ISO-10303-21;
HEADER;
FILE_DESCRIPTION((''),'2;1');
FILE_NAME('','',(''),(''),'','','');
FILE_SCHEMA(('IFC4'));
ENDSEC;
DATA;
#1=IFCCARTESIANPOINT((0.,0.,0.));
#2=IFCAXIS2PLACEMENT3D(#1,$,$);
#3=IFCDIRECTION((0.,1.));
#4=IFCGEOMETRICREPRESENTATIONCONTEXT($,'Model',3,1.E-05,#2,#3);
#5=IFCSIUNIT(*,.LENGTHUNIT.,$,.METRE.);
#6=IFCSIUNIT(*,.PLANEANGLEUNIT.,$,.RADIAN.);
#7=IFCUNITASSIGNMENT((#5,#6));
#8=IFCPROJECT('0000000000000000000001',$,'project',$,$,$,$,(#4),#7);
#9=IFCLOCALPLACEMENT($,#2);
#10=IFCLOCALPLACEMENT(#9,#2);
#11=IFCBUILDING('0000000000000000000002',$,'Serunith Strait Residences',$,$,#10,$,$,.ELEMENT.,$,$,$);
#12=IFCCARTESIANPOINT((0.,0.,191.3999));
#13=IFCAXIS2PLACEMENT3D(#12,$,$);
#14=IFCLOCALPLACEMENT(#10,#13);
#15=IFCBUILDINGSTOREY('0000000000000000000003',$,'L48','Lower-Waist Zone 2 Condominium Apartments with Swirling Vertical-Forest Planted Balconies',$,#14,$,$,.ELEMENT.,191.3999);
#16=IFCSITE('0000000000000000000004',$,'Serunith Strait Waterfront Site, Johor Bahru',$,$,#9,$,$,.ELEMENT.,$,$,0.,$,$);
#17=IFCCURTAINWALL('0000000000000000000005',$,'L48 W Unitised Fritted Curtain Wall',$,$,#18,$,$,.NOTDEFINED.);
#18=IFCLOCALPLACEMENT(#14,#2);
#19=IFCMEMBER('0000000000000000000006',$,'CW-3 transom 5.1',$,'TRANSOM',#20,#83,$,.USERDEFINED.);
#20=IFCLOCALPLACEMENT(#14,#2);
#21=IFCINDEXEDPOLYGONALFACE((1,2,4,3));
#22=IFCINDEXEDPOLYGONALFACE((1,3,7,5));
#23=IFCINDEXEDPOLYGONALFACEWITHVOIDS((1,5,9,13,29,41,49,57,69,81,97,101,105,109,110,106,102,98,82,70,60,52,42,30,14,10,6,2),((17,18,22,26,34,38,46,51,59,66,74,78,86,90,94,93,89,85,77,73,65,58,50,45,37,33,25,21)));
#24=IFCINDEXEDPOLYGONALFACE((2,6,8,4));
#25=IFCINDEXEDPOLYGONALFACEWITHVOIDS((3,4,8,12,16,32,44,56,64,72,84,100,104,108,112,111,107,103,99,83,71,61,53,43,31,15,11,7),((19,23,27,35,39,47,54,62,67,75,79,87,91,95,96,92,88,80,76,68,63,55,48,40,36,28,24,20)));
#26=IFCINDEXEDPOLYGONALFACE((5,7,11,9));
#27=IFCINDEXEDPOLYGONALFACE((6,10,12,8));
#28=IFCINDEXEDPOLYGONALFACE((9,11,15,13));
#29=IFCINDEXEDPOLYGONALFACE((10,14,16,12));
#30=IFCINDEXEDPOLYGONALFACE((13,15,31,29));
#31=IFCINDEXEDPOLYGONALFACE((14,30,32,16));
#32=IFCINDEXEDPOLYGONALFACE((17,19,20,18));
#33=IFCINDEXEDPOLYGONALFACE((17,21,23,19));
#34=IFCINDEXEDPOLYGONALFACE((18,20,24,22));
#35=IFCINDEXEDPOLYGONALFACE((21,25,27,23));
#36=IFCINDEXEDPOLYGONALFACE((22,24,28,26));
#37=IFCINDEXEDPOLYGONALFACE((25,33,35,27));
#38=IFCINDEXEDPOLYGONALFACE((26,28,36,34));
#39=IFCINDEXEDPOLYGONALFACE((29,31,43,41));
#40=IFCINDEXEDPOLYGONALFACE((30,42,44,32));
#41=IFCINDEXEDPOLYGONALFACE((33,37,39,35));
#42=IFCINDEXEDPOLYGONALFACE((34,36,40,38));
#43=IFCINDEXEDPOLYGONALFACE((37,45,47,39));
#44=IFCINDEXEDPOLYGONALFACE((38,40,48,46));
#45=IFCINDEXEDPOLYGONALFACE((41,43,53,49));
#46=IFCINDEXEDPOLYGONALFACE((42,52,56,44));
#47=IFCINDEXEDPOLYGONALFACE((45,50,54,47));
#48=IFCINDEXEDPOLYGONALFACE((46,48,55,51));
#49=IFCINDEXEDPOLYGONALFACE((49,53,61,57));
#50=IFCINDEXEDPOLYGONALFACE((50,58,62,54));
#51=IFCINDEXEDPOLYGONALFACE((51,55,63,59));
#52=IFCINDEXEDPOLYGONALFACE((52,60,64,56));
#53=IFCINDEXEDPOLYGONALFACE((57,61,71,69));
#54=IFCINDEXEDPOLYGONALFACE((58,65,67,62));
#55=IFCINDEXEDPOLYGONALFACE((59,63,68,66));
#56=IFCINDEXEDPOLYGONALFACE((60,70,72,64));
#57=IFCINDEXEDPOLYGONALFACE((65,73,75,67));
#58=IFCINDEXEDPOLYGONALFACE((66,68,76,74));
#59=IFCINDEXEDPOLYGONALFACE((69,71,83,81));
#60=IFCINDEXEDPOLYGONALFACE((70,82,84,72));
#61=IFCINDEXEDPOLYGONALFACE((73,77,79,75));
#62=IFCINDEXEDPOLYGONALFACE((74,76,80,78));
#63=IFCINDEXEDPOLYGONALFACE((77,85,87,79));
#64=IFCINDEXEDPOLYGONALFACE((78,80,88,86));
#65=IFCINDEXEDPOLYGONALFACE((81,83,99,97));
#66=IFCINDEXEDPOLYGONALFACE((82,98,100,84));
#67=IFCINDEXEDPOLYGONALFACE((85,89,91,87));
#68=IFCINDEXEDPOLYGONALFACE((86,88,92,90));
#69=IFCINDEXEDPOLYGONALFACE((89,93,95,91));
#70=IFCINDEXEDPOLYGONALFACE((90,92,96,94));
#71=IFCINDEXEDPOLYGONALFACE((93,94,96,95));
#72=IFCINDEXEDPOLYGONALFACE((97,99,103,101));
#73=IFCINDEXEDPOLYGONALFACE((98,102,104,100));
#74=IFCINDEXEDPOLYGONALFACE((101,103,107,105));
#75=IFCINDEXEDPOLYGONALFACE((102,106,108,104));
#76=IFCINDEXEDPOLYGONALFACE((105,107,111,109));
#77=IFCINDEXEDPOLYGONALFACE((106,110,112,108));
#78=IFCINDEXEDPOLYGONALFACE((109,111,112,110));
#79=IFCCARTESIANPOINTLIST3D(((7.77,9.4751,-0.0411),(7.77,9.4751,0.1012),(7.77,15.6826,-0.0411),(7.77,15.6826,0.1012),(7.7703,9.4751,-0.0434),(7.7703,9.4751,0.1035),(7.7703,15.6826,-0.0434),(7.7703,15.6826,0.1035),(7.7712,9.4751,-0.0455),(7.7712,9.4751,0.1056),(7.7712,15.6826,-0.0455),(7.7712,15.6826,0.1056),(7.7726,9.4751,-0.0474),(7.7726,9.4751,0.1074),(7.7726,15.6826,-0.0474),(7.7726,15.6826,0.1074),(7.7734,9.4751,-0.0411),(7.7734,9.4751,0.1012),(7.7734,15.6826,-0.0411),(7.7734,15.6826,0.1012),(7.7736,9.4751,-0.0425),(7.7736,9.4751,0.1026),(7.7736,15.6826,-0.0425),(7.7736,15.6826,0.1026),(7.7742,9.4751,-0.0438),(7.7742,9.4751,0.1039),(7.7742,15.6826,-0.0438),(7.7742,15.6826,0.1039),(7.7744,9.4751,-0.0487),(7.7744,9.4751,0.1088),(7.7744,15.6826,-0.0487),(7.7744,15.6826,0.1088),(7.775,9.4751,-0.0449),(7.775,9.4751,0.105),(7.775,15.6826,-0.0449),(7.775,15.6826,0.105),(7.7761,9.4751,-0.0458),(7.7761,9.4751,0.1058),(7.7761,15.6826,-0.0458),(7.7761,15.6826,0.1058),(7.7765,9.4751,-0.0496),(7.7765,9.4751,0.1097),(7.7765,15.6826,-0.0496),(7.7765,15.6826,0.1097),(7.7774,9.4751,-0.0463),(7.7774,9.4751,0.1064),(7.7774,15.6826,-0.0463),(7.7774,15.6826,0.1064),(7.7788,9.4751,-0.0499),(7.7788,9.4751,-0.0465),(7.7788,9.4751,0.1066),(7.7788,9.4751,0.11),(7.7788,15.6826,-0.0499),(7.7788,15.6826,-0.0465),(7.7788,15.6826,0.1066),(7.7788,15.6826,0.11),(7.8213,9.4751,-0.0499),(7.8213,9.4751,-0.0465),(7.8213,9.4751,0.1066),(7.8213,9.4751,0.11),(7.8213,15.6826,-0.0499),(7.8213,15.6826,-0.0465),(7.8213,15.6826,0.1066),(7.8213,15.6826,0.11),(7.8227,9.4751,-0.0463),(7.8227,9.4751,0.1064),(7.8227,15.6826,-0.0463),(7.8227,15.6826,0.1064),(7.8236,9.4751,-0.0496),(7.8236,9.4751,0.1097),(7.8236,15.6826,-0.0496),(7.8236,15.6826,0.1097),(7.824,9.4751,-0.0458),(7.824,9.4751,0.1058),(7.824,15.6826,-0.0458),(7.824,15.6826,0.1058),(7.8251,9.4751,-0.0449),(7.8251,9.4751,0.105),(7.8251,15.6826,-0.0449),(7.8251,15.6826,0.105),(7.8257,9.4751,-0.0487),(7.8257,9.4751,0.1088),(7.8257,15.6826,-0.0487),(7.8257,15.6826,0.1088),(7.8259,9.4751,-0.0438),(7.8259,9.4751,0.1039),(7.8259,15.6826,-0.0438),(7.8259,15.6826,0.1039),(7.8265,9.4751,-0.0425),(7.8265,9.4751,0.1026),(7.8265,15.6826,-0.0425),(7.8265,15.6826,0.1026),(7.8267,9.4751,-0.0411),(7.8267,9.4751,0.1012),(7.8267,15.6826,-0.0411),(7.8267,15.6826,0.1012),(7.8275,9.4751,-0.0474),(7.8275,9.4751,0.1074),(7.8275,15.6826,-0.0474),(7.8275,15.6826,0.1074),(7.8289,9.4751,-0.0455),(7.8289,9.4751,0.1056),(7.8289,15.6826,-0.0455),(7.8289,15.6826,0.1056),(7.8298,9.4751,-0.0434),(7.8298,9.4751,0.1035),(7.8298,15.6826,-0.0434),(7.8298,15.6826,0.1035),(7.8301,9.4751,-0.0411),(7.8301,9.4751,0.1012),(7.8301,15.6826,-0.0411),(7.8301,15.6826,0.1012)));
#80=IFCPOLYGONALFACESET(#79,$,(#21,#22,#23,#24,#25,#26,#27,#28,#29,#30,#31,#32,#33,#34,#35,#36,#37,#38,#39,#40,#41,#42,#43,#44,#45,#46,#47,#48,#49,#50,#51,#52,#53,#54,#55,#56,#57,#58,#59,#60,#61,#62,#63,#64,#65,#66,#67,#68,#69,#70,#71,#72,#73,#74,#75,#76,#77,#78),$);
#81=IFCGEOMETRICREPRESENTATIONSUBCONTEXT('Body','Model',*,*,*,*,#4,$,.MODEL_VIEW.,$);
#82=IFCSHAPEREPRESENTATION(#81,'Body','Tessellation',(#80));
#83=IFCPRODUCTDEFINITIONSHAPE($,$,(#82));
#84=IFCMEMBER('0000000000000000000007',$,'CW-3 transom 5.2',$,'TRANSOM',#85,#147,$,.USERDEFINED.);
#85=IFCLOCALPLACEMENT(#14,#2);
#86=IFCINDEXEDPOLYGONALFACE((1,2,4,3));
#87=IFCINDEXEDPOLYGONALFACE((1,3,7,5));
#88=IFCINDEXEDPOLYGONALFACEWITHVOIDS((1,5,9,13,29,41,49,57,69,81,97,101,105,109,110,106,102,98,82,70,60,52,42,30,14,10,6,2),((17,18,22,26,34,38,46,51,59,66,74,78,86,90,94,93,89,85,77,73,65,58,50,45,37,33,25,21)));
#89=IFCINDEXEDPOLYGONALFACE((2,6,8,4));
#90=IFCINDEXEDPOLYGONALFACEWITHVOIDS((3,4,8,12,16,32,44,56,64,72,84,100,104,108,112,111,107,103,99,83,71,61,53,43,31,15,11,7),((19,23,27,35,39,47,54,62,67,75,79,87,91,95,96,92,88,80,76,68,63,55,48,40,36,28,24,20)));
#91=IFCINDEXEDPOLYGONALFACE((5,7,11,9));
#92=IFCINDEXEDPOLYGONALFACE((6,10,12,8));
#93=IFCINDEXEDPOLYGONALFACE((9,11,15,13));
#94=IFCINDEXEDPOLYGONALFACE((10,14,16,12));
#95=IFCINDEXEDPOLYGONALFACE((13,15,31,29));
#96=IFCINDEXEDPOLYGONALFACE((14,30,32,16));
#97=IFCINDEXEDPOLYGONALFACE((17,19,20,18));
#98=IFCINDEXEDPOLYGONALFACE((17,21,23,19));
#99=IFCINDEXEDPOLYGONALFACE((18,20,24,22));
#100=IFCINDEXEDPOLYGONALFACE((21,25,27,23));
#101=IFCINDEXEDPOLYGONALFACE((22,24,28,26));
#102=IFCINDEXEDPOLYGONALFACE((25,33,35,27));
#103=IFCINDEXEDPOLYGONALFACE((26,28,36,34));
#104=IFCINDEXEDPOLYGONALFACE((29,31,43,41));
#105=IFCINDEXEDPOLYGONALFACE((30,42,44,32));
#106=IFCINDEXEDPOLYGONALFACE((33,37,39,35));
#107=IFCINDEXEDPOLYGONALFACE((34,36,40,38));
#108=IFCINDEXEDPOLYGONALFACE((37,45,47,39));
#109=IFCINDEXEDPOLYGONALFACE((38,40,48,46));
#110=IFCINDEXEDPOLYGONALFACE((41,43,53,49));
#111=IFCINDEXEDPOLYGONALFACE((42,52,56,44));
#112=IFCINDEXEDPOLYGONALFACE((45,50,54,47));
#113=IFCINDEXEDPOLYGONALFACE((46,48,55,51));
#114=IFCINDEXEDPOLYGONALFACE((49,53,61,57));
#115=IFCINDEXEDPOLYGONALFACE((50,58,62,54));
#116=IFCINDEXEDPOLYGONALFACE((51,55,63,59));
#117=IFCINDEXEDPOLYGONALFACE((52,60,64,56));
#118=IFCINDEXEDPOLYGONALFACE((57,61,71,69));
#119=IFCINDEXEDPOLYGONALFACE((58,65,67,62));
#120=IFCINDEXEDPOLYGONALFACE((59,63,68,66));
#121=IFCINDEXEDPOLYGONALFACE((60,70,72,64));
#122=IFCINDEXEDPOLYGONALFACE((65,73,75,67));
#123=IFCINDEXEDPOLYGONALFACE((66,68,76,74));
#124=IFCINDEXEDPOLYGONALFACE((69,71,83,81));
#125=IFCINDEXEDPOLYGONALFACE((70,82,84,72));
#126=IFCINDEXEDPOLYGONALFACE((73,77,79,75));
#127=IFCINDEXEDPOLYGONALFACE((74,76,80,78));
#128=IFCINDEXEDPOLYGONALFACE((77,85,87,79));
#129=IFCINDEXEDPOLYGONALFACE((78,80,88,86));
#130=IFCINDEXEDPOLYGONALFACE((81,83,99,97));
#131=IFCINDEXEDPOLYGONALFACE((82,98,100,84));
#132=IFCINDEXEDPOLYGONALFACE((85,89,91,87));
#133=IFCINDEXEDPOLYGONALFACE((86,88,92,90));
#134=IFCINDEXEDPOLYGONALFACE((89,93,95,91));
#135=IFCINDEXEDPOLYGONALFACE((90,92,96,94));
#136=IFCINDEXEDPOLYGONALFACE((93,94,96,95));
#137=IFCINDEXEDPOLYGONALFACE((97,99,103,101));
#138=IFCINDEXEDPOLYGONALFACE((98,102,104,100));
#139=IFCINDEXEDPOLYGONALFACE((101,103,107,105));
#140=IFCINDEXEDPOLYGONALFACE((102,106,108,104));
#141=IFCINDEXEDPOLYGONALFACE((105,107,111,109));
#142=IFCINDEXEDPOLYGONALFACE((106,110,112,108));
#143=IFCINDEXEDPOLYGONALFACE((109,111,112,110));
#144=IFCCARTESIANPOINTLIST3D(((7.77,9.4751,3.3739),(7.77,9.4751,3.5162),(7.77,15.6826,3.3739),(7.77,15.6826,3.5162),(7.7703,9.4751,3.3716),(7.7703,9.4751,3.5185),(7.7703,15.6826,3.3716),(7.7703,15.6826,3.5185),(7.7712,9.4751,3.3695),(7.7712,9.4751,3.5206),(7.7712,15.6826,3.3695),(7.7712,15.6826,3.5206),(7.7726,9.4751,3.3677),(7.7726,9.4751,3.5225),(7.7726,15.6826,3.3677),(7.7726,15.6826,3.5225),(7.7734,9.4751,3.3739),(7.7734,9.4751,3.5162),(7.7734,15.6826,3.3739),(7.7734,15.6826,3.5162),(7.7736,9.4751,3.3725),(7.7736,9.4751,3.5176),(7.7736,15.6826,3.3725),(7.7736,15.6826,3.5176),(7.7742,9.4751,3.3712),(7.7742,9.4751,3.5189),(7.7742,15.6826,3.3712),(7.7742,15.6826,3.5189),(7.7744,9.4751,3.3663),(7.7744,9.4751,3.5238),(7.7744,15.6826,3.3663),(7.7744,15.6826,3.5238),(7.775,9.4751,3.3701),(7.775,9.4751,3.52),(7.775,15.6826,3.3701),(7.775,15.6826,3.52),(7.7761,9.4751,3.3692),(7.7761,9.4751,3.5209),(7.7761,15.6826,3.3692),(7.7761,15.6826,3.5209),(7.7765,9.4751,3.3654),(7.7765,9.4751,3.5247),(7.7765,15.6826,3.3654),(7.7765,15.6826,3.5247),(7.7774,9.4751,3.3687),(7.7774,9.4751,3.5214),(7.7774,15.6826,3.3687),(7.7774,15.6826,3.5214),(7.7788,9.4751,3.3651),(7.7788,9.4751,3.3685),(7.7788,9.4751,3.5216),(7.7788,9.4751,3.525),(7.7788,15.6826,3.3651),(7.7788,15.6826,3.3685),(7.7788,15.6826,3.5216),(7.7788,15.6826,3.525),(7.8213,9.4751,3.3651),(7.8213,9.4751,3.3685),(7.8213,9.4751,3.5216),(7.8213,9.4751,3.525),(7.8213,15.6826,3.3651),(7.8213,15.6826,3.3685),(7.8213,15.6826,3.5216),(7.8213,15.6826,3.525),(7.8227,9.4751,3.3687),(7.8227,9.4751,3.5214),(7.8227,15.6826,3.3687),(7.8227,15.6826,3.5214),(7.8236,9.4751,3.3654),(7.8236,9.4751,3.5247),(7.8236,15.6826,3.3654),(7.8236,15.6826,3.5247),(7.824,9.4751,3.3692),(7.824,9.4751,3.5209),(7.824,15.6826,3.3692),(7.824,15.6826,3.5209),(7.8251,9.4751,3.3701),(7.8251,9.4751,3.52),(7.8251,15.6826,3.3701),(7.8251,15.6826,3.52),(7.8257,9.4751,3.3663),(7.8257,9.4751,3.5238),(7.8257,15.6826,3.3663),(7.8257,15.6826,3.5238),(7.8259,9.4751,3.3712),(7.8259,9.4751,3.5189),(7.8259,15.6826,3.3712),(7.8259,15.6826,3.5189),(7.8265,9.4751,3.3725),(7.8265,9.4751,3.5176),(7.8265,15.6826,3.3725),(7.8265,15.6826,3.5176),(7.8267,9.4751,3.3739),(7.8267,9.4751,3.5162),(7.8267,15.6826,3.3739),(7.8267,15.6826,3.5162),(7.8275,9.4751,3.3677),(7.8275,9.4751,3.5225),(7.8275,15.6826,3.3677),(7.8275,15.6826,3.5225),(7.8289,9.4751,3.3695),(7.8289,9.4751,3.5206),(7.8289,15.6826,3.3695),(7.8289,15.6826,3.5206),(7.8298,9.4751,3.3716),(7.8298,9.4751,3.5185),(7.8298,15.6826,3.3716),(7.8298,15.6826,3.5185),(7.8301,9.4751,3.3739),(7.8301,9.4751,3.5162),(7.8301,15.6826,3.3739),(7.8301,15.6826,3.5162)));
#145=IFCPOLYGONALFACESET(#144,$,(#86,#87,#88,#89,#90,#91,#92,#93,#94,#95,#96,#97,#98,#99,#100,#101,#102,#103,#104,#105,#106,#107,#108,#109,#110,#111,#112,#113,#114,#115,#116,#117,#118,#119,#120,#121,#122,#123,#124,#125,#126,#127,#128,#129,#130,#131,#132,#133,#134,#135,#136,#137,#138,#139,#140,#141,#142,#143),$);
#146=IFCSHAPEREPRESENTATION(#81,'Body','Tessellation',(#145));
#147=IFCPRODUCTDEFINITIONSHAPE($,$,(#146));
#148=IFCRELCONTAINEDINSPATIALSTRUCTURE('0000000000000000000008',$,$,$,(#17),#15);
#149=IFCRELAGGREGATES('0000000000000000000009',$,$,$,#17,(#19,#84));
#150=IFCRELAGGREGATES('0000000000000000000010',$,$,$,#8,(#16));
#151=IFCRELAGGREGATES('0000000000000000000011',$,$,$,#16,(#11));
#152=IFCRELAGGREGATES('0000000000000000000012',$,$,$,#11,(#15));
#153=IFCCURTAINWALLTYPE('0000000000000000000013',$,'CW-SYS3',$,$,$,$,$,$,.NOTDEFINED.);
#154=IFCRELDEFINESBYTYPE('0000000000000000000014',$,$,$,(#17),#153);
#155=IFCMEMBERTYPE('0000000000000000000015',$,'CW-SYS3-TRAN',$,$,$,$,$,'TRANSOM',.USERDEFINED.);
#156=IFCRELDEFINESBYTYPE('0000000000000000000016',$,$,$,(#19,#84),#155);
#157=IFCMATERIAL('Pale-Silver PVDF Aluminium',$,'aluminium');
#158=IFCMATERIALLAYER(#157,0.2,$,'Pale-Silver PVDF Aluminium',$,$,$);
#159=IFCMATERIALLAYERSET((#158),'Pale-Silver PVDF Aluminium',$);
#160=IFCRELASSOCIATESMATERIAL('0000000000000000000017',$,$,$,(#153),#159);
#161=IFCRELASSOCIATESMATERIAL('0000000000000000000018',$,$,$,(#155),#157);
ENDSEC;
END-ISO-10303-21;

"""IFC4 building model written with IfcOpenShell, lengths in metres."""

from ifc_helpers import new_model, si_unit, direction, frame, origin, origin_2d, place, context, subcontext, project, spatial, hollow_rectangle, extrude, source, transform, mapped, material, layer, layer_set, material_profile, profile_set, type_object, element, aggregate, save


model = new_model("IFC4")

# Units and contexts
model_context = context("Model", 3, precision=1e-05, world=origin(), true_north=direction((0.0, 1.0)))
body_context = subcontext(model_context, "Body", "Model", "MODEL_VIEW")
ifc_project = project(units=[si_unit("LENGTHUNIT", "METRE"), si_unit("PLANEANGLEUNIT", "RADIAN")], contexts=[model_context])

# Site, building, storey
site_placement = place(None, origin())
site = spatial("IfcSite", under=ifc_project, at=site_placement, Name="Serunith Strait Waterfront Site, Johor Bahru", CompositionType="ELEMENT", RefElevation=0.0)
building_placement = place(site_placement, origin())
building = spatial("IfcBuilding", under=site, at=building_placement, Name="Serunith Strait Residences", CompositionType="ELEMENT")
storey_placement = place(building_placement, frame((0.0, 0.0, 191.3999)))
storey = spatial("IfcBuildingStorey", under=building, at=storey_placement, Name="L48", Description="Lower-Waist Zone 2 Condominium Apartments with Swirling Vertical-Forest Planted Balconies", CompositionType="ELEMENT", Elevation=191.3999)

# Curtain wall, members
ifc_material_1 = material(Name="Pale-Silver PVDF Aluminium", Category="aluminium")
ifc_layer_1 = layer(ifc_material_1, 0.2, Name="Pale-Silver PVDF Aluminium")
ifc_layer_set_1 = layer_set([ifc_layer_1], Name="Pale-Silver PVDF Aluminium")
curtain_wall_type = type_object("IfcCurtainWallType", Name="CW-SYS3", PredefinedType="NOTDEFINED", material=ifc_layer_set_1)
curtain_wall_placement = place(storey_placement, origin())
curtain_wall = element("IfcCurtainWall", 1, at=curtain_wall_placement, inside=storey, type_object=curtain_wall_type, Name="L48 W Unitised Fritted Curtain Wall", PredefinedType="NOTDEFINED")
ifc_material_profile_1 = material_profile(ifc_material_1, hollow_rectangle(XDim=0.0601, YDim=0.1599, WallThickness=0.0034, InnerFilletRadius=0.0054, OuterFilletRadius=0.0088, at=origin_2d()), Name="ALU 160x60x3.5")
ifc_profile_set_1 = profile_set([ifc_material_profile_1], Name="Pale-Silver PVDF Aluminium")
member_type_1 = type_object("IfcMemberType", Name="CW-SYS3-TRAN", ElementType="TRANSOM", PredefinedType="USERDEFINED", material=ifc_profile_set_1)
shared_shape_1 = source(origin(), body_context, "Body", "SweptSolid", [
    extrude(hollow_rectangle(XDim=0.0601, YDim=0.1599, WallThickness=0.0034, InnerFilletRadius=0.0054, OuterFilletRadius=0.0088, at=origin_2d()), origin(), (0.0, 0.0, 1.0), 6.2075),
])
member_1_placement = place(storey_placement, frame((7.8, 15.6826, 0.03), z_axis=(0.0, -1.0, 0.0), x_axis=(1.0, 0.0, 0.0)))
member_1 = element("IfcMember", 2, at=member_1_placement, type_object=member_type_1, Name="CW-3 transom 5.1", ObjectType="TRANSOM", PredefinedType="USERDEFINED", context=body_context, shape_type="MappedRepresentation", body=[
    mapped(shared_shape_1, transform((0.0, 0.0, 0.0), scale=1.0)),
])
member_2_placement = place(storey_placement, frame((7.8, 15.6826, 3.4451), z_axis=(0.0, -1.0, 0.0), x_axis=(1.0, 0.0, 0.0)))
member_2 = element("IfcMember", 3, at=member_2_placement, type_object=member_type_1, Name="CW-3 transom 5.2", ObjectType="TRANSOM", PredefinedType="USERDEFINED", context=body_context, shape_type="MappedRepresentation", body=[
    mapped(shared_shape_1, transform((0.0, 0.0, 0.0), scale=1.0)),
])
aggregate(curtain_wall, [member_1, member_2])

save(model, "model.ifc")
